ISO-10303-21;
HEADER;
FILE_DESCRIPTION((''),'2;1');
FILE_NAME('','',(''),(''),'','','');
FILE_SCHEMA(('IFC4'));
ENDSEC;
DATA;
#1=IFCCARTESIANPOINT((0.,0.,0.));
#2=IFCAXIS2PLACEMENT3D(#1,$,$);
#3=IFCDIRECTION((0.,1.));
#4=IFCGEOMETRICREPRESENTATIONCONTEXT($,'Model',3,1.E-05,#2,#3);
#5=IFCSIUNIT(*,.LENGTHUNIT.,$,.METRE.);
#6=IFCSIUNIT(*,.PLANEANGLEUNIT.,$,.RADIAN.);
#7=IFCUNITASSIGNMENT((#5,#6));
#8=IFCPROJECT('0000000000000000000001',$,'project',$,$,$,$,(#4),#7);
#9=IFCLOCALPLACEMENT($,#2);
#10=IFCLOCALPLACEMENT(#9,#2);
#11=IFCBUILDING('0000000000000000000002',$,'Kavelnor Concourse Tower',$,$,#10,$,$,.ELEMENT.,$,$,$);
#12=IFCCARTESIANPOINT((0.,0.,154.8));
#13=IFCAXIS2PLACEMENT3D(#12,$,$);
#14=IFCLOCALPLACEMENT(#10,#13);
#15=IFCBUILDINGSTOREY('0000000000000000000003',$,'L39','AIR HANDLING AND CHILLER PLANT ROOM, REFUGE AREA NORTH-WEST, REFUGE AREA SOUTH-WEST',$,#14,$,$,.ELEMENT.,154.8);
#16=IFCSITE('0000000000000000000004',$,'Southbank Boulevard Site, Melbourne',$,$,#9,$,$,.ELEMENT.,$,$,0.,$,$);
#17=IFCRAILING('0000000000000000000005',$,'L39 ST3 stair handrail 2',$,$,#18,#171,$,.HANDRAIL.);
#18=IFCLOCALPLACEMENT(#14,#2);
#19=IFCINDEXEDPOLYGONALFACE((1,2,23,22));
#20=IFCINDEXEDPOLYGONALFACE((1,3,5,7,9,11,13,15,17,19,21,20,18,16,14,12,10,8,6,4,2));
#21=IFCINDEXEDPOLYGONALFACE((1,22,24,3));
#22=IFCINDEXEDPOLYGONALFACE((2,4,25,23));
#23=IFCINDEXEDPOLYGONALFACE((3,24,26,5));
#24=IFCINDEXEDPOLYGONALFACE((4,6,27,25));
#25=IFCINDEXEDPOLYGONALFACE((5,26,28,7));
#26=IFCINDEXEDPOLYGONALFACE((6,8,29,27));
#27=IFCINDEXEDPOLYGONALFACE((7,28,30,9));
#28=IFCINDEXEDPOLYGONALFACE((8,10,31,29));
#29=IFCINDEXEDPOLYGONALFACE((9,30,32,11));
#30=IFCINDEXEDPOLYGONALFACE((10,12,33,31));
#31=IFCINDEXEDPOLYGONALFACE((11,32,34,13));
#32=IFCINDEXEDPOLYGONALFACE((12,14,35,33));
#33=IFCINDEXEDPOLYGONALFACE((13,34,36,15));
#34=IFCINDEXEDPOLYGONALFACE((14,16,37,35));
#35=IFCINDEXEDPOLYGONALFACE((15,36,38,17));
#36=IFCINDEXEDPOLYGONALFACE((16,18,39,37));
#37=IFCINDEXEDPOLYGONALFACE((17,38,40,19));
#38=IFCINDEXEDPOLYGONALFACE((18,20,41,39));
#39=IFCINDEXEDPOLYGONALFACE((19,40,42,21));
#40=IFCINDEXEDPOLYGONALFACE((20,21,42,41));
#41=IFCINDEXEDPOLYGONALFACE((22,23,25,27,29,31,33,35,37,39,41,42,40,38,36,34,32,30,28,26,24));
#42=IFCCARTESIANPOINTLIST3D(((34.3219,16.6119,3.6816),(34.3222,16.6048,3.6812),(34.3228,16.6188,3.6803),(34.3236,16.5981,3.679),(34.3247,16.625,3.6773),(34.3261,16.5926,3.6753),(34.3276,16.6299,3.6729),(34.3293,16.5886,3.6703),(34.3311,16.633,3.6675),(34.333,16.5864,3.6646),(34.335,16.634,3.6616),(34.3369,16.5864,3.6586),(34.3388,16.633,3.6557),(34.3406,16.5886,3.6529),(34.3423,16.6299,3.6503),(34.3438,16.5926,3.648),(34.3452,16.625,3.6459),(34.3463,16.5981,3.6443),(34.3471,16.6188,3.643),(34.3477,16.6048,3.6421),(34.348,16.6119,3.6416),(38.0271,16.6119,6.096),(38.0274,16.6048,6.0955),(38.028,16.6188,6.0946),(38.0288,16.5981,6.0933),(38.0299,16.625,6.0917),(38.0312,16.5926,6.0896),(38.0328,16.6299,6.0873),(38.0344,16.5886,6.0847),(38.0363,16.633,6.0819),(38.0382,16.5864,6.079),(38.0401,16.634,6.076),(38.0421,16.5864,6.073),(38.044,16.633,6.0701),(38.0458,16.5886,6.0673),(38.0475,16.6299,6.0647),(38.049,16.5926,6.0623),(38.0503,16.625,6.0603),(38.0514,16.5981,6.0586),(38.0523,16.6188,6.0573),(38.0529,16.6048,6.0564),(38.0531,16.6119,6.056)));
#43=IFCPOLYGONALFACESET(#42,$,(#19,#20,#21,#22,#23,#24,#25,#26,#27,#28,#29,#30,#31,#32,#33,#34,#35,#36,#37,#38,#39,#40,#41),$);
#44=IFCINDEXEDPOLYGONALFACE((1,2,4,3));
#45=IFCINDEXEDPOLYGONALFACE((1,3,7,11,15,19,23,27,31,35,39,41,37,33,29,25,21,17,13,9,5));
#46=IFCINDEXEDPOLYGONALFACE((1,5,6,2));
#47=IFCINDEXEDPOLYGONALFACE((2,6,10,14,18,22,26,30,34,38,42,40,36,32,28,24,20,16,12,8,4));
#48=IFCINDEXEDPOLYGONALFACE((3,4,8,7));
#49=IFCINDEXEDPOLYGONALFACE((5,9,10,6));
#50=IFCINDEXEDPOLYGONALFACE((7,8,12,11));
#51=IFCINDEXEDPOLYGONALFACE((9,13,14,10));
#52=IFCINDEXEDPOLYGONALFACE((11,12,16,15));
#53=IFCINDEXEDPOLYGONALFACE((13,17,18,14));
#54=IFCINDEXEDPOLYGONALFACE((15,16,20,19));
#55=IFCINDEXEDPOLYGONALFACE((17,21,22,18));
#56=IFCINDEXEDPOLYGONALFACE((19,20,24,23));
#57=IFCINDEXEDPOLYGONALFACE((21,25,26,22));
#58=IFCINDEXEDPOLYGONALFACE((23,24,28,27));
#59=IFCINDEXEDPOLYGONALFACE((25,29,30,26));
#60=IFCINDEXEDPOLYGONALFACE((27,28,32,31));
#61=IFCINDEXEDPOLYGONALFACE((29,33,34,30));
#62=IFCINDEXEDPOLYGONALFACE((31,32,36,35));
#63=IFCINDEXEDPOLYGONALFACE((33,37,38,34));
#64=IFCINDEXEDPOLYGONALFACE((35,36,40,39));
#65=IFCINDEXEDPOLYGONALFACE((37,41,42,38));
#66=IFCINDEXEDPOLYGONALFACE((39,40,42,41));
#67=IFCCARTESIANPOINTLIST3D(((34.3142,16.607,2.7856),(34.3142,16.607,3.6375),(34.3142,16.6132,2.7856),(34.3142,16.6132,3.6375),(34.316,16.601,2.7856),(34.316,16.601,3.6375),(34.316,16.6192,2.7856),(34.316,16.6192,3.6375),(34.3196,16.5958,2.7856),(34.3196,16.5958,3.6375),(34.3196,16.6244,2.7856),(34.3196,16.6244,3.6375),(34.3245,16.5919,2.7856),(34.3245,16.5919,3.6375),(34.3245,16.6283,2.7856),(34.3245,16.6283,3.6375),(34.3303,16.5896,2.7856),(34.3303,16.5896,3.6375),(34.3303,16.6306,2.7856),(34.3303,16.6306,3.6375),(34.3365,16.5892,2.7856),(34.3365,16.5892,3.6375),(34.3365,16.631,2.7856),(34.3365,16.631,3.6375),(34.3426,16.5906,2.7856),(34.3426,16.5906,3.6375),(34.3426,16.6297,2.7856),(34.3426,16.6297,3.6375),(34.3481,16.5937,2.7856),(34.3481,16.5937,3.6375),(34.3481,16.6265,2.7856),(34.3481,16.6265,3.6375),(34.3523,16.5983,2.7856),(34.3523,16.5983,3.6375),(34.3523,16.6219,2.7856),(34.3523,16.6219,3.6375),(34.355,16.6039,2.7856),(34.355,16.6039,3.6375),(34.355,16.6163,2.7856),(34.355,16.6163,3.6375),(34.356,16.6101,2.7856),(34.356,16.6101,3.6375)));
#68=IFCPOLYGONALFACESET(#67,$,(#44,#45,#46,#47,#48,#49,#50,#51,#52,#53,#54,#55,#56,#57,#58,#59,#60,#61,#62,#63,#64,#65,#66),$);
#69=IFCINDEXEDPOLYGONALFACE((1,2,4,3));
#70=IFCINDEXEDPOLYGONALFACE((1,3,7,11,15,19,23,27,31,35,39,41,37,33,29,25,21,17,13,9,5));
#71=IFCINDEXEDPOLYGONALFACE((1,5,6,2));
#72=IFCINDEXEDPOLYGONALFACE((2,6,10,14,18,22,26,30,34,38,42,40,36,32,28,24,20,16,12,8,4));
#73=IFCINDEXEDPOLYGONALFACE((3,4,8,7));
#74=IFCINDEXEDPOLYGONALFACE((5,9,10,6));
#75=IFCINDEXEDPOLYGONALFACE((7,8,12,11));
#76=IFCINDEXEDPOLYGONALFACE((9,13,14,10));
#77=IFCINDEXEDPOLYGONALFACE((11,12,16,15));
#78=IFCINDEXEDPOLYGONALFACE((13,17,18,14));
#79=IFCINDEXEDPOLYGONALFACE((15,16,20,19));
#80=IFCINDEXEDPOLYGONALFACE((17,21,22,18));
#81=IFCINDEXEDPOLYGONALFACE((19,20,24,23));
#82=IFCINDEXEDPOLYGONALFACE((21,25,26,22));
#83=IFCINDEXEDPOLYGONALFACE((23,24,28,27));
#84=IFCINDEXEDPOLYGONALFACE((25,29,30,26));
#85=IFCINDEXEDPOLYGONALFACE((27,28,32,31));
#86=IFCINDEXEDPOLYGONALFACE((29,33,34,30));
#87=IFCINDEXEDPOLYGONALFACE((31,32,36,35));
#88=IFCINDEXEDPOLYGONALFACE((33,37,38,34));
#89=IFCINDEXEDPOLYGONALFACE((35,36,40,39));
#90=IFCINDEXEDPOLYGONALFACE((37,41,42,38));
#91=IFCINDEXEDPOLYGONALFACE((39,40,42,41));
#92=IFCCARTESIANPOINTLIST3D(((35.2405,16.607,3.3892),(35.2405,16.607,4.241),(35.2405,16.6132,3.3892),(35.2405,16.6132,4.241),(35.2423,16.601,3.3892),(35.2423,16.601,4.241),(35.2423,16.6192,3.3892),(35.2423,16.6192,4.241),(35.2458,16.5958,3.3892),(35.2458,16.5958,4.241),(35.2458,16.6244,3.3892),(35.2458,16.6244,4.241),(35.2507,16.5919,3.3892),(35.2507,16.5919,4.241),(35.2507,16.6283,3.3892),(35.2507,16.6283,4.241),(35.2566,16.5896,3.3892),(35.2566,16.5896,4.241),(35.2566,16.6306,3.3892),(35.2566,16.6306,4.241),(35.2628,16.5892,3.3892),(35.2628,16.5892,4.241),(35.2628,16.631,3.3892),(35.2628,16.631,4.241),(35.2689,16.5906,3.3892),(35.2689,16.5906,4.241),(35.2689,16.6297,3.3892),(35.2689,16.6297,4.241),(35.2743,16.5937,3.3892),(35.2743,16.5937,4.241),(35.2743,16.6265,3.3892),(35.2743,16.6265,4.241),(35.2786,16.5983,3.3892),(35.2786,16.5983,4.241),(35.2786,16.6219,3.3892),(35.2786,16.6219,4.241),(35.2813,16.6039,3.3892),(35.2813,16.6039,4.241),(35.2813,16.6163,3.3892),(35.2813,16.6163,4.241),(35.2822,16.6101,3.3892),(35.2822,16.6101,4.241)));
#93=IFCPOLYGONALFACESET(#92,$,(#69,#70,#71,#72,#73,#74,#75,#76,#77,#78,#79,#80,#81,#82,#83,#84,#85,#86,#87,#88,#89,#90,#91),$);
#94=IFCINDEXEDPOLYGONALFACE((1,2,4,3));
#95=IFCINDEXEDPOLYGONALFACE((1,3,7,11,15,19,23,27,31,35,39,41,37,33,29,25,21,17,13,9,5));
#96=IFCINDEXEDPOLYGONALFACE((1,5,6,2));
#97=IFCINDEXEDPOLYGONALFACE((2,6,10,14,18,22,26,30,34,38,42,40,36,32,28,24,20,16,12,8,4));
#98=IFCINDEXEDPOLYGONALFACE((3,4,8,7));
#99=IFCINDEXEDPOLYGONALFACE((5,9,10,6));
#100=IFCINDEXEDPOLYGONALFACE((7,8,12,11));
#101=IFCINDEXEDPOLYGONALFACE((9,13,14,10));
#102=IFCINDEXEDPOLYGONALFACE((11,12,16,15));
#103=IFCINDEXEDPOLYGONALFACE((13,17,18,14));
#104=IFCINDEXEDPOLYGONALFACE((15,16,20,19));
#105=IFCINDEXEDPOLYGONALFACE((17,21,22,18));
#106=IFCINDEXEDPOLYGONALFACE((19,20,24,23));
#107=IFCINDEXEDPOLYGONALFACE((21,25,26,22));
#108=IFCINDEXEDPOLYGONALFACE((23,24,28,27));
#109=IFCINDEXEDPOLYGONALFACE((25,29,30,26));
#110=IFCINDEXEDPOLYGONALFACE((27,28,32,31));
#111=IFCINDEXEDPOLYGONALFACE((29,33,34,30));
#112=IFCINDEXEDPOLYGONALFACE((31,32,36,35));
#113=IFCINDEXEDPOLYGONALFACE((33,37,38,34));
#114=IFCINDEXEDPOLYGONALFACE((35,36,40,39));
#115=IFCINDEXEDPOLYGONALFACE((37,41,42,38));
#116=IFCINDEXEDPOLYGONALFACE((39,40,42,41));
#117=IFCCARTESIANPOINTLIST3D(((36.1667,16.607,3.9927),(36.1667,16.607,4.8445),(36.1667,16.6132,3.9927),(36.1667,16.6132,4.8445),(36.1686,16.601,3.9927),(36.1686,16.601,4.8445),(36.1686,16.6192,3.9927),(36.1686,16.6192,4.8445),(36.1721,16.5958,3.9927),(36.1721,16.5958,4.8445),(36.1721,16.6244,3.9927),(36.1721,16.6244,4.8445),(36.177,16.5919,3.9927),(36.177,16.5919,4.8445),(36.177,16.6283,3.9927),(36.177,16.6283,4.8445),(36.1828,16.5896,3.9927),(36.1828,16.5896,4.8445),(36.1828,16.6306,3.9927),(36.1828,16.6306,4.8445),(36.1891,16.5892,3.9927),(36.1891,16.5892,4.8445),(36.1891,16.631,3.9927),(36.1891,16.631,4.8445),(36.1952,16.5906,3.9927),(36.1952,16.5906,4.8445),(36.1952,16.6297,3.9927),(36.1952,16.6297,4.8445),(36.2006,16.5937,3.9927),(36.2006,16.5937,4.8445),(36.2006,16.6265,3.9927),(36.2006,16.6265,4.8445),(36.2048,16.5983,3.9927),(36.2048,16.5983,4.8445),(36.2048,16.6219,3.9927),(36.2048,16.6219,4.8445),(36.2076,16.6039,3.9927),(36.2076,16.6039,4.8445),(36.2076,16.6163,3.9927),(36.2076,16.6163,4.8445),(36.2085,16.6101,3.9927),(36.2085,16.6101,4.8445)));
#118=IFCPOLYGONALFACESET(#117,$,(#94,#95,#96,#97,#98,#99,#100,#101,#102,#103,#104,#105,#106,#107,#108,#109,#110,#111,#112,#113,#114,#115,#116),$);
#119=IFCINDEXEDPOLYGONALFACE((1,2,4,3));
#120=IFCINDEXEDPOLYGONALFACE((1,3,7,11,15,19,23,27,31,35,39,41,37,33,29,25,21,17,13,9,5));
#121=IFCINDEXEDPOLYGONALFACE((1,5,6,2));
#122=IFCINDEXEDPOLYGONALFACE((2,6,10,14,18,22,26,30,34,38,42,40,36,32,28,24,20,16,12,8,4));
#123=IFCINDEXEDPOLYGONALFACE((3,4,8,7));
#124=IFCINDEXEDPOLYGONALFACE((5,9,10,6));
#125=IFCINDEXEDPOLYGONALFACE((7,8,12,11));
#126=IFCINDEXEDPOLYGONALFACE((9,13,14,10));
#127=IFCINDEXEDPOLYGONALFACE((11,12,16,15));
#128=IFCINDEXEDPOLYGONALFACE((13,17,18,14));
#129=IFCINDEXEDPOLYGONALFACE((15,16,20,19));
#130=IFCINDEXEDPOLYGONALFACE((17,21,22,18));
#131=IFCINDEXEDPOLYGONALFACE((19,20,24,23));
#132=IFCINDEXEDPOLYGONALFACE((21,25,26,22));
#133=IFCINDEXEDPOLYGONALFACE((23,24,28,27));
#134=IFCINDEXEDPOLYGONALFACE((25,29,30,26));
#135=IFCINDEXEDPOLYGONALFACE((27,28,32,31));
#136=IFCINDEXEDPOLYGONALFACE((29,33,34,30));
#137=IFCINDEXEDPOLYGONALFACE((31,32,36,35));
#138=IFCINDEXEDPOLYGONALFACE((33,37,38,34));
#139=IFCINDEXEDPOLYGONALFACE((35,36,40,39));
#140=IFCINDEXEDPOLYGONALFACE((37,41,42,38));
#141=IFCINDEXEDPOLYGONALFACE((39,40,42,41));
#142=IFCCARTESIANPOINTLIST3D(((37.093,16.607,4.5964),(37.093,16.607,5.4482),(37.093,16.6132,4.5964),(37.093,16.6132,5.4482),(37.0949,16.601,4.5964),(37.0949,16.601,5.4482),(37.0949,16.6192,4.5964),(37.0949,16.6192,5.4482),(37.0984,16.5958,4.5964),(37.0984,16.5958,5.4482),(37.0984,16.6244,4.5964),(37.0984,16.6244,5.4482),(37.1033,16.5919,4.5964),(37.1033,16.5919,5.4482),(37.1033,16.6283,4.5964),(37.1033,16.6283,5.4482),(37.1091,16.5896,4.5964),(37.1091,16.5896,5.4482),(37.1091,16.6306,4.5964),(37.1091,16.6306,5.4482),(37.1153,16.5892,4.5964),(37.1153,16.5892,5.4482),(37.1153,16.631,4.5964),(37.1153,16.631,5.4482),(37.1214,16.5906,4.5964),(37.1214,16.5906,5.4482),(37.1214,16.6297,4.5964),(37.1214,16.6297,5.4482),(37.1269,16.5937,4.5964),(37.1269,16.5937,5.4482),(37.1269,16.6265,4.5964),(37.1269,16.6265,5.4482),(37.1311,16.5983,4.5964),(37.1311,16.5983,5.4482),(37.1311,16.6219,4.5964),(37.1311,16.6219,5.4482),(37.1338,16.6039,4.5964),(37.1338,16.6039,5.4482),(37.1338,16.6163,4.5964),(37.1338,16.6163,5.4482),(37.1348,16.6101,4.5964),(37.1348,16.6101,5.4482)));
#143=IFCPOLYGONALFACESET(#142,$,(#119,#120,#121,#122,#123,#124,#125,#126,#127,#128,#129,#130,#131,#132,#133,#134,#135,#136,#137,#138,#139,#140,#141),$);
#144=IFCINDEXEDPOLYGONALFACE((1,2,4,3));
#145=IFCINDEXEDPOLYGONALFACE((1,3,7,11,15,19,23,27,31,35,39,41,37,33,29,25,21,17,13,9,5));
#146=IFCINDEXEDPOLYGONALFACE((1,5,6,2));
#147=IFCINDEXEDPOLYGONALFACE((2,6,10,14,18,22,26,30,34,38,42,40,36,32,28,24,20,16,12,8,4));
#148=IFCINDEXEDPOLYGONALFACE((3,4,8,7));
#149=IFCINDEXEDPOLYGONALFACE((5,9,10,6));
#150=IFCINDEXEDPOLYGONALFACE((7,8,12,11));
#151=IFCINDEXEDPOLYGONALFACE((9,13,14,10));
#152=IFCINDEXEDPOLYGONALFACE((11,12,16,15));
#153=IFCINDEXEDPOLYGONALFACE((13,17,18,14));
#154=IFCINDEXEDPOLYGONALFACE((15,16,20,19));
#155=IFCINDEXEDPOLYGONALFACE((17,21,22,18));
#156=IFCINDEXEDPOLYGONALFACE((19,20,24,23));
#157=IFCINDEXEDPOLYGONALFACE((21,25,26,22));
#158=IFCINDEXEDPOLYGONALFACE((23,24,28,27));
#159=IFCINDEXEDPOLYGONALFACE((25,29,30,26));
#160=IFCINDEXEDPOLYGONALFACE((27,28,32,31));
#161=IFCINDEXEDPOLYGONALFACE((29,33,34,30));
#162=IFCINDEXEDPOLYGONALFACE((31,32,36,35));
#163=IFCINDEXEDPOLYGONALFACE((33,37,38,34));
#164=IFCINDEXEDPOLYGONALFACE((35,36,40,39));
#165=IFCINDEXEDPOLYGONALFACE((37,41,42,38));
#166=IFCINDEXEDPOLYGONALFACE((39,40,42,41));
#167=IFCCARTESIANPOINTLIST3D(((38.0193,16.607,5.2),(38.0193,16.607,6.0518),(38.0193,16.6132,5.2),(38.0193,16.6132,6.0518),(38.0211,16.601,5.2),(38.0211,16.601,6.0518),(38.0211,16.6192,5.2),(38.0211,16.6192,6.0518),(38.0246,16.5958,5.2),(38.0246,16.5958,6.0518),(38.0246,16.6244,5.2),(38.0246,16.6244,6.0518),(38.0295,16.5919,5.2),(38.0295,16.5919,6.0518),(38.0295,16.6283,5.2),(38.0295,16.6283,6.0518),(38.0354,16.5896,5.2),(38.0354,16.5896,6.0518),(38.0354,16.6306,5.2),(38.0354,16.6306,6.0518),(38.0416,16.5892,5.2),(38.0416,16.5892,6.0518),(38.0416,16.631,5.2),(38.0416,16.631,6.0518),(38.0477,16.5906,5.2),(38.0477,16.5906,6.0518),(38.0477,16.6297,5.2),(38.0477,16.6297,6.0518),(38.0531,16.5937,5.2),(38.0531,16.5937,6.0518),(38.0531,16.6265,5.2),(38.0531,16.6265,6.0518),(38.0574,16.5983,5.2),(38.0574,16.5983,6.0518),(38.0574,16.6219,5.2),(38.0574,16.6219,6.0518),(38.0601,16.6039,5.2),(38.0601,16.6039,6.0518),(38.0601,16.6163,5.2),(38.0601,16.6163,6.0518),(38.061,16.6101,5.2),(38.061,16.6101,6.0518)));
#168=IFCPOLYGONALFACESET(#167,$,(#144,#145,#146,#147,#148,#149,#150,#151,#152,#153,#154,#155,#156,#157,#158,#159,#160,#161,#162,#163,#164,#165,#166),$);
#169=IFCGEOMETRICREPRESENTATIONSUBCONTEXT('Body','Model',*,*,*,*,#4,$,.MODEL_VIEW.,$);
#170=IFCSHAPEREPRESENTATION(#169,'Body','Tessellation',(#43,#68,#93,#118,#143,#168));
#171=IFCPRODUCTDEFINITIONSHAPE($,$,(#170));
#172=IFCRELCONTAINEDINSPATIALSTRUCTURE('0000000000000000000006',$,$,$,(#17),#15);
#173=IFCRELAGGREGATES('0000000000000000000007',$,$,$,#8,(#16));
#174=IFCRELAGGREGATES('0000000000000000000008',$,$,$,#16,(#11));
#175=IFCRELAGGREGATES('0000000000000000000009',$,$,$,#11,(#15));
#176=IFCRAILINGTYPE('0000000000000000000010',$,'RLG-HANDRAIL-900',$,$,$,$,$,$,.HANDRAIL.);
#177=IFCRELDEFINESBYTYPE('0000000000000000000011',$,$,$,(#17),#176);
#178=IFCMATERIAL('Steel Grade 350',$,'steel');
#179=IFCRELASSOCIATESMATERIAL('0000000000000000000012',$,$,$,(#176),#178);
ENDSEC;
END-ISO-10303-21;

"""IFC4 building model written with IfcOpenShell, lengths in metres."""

from ifc_helpers import new_model, si_unit, direction, frame, origin, origin_2d, place, context, subcontext, project, spatial, circle, extrude, material, type_object, element, save


model = new_model("IFC4")

# Units and contexts
model_context = context("Model", 3, precision=1e-05, world=origin(), true_north=direction((0.0, 1.0)))
body_context = subcontext(model_context, "Body", "Model", "MODEL_VIEW")
ifc_project = project(units=[si_unit("LENGTHUNIT", "METRE"), si_unit("PLANEANGLEUNIT", "RADIAN")], contexts=[model_context])

# Site, building, storey
site_placement = place(None, origin())
site = spatial("IfcSite", under=ifc_project, at=site_placement, Name="Southbank Boulevard Site, Melbourne", CompositionType="ELEMENT", RefElevation=0.0)
building_placement = place(site_placement, origin())
building = spatial("IfcBuilding", under=site, at=building_placement, Name="Kavelnor Concourse Tower", CompositionType="ELEMENT")
storey_placement = place(building_placement, frame((0.0, 0.0, 154.8)))
storey = spatial("IfcBuildingStorey", under=building, at=storey_placement, Name="L39", Description="AIR HANDLING AND CHILLER PLANT ROOM, REFUGE AREA NORTH-WEST, REFUGE AREA SOUTH-WEST", CompositionType="ELEMENT", Elevation=154.8)

# Shared definitions
ifc_material_1 = material(Name="Steel Grade 350", Category="steel")

# Railing
railing_type_1 = type_object("IfcRailingType", Name="RLG-HANDRAIL-900", PredefinedType="HANDRAIL", material=ifc_material_1)
railing_1_placement = place(storey_placement, frame((34.335, 16.6101, 2.7856)))
element("IfcRailing", 1, at=railing_1_placement, inside=storey, type_object=railing_type_1, Name="L39 ST3 stair handrail 2", PredefinedType="HANDRAIL", context=body_context, shape_type="SweptSolid", body=[
    extrude(circle(Radius=0.0239, at=origin_2d()), frame((0.0, 0.0, 0.876), z_axis=(0.837823, 0.0, 0.545943), x_axis=(0.0, 1.0, 0.0)), (0.0, 0.0, 1.0), 4.4224),
    extrude(circle(Radius=0.021, at=origin_2d()), origin(), (0.0, 0.0, 1.0), 0.8518),
    extrude(circle(Radius=0.021, at=origin_2d()), frame((0.9263, 0.0, 0.6035)), (0.0, 0.0, 1.0), 0.8518),
    extrude(circle(Radius=0.021, at=origin_2d()), frame((1.8525, 0.0, 1.207)), (0.0, 0.0, 1.0), 0.8518),
    extrude(circle(Radius=0.021, at=origin_2d()), frame((2.7788, 0.0, 1.8108)), (0.0, 0.0, 1.0), 0.8518),
    extrude(circle(Radius=0.021, at=origin_2d()), frame((3.7051, 0.0, 2.4143)), (0.0, 0.0, 1.0), 0.8518),
])

save(model, "model.ifc")
